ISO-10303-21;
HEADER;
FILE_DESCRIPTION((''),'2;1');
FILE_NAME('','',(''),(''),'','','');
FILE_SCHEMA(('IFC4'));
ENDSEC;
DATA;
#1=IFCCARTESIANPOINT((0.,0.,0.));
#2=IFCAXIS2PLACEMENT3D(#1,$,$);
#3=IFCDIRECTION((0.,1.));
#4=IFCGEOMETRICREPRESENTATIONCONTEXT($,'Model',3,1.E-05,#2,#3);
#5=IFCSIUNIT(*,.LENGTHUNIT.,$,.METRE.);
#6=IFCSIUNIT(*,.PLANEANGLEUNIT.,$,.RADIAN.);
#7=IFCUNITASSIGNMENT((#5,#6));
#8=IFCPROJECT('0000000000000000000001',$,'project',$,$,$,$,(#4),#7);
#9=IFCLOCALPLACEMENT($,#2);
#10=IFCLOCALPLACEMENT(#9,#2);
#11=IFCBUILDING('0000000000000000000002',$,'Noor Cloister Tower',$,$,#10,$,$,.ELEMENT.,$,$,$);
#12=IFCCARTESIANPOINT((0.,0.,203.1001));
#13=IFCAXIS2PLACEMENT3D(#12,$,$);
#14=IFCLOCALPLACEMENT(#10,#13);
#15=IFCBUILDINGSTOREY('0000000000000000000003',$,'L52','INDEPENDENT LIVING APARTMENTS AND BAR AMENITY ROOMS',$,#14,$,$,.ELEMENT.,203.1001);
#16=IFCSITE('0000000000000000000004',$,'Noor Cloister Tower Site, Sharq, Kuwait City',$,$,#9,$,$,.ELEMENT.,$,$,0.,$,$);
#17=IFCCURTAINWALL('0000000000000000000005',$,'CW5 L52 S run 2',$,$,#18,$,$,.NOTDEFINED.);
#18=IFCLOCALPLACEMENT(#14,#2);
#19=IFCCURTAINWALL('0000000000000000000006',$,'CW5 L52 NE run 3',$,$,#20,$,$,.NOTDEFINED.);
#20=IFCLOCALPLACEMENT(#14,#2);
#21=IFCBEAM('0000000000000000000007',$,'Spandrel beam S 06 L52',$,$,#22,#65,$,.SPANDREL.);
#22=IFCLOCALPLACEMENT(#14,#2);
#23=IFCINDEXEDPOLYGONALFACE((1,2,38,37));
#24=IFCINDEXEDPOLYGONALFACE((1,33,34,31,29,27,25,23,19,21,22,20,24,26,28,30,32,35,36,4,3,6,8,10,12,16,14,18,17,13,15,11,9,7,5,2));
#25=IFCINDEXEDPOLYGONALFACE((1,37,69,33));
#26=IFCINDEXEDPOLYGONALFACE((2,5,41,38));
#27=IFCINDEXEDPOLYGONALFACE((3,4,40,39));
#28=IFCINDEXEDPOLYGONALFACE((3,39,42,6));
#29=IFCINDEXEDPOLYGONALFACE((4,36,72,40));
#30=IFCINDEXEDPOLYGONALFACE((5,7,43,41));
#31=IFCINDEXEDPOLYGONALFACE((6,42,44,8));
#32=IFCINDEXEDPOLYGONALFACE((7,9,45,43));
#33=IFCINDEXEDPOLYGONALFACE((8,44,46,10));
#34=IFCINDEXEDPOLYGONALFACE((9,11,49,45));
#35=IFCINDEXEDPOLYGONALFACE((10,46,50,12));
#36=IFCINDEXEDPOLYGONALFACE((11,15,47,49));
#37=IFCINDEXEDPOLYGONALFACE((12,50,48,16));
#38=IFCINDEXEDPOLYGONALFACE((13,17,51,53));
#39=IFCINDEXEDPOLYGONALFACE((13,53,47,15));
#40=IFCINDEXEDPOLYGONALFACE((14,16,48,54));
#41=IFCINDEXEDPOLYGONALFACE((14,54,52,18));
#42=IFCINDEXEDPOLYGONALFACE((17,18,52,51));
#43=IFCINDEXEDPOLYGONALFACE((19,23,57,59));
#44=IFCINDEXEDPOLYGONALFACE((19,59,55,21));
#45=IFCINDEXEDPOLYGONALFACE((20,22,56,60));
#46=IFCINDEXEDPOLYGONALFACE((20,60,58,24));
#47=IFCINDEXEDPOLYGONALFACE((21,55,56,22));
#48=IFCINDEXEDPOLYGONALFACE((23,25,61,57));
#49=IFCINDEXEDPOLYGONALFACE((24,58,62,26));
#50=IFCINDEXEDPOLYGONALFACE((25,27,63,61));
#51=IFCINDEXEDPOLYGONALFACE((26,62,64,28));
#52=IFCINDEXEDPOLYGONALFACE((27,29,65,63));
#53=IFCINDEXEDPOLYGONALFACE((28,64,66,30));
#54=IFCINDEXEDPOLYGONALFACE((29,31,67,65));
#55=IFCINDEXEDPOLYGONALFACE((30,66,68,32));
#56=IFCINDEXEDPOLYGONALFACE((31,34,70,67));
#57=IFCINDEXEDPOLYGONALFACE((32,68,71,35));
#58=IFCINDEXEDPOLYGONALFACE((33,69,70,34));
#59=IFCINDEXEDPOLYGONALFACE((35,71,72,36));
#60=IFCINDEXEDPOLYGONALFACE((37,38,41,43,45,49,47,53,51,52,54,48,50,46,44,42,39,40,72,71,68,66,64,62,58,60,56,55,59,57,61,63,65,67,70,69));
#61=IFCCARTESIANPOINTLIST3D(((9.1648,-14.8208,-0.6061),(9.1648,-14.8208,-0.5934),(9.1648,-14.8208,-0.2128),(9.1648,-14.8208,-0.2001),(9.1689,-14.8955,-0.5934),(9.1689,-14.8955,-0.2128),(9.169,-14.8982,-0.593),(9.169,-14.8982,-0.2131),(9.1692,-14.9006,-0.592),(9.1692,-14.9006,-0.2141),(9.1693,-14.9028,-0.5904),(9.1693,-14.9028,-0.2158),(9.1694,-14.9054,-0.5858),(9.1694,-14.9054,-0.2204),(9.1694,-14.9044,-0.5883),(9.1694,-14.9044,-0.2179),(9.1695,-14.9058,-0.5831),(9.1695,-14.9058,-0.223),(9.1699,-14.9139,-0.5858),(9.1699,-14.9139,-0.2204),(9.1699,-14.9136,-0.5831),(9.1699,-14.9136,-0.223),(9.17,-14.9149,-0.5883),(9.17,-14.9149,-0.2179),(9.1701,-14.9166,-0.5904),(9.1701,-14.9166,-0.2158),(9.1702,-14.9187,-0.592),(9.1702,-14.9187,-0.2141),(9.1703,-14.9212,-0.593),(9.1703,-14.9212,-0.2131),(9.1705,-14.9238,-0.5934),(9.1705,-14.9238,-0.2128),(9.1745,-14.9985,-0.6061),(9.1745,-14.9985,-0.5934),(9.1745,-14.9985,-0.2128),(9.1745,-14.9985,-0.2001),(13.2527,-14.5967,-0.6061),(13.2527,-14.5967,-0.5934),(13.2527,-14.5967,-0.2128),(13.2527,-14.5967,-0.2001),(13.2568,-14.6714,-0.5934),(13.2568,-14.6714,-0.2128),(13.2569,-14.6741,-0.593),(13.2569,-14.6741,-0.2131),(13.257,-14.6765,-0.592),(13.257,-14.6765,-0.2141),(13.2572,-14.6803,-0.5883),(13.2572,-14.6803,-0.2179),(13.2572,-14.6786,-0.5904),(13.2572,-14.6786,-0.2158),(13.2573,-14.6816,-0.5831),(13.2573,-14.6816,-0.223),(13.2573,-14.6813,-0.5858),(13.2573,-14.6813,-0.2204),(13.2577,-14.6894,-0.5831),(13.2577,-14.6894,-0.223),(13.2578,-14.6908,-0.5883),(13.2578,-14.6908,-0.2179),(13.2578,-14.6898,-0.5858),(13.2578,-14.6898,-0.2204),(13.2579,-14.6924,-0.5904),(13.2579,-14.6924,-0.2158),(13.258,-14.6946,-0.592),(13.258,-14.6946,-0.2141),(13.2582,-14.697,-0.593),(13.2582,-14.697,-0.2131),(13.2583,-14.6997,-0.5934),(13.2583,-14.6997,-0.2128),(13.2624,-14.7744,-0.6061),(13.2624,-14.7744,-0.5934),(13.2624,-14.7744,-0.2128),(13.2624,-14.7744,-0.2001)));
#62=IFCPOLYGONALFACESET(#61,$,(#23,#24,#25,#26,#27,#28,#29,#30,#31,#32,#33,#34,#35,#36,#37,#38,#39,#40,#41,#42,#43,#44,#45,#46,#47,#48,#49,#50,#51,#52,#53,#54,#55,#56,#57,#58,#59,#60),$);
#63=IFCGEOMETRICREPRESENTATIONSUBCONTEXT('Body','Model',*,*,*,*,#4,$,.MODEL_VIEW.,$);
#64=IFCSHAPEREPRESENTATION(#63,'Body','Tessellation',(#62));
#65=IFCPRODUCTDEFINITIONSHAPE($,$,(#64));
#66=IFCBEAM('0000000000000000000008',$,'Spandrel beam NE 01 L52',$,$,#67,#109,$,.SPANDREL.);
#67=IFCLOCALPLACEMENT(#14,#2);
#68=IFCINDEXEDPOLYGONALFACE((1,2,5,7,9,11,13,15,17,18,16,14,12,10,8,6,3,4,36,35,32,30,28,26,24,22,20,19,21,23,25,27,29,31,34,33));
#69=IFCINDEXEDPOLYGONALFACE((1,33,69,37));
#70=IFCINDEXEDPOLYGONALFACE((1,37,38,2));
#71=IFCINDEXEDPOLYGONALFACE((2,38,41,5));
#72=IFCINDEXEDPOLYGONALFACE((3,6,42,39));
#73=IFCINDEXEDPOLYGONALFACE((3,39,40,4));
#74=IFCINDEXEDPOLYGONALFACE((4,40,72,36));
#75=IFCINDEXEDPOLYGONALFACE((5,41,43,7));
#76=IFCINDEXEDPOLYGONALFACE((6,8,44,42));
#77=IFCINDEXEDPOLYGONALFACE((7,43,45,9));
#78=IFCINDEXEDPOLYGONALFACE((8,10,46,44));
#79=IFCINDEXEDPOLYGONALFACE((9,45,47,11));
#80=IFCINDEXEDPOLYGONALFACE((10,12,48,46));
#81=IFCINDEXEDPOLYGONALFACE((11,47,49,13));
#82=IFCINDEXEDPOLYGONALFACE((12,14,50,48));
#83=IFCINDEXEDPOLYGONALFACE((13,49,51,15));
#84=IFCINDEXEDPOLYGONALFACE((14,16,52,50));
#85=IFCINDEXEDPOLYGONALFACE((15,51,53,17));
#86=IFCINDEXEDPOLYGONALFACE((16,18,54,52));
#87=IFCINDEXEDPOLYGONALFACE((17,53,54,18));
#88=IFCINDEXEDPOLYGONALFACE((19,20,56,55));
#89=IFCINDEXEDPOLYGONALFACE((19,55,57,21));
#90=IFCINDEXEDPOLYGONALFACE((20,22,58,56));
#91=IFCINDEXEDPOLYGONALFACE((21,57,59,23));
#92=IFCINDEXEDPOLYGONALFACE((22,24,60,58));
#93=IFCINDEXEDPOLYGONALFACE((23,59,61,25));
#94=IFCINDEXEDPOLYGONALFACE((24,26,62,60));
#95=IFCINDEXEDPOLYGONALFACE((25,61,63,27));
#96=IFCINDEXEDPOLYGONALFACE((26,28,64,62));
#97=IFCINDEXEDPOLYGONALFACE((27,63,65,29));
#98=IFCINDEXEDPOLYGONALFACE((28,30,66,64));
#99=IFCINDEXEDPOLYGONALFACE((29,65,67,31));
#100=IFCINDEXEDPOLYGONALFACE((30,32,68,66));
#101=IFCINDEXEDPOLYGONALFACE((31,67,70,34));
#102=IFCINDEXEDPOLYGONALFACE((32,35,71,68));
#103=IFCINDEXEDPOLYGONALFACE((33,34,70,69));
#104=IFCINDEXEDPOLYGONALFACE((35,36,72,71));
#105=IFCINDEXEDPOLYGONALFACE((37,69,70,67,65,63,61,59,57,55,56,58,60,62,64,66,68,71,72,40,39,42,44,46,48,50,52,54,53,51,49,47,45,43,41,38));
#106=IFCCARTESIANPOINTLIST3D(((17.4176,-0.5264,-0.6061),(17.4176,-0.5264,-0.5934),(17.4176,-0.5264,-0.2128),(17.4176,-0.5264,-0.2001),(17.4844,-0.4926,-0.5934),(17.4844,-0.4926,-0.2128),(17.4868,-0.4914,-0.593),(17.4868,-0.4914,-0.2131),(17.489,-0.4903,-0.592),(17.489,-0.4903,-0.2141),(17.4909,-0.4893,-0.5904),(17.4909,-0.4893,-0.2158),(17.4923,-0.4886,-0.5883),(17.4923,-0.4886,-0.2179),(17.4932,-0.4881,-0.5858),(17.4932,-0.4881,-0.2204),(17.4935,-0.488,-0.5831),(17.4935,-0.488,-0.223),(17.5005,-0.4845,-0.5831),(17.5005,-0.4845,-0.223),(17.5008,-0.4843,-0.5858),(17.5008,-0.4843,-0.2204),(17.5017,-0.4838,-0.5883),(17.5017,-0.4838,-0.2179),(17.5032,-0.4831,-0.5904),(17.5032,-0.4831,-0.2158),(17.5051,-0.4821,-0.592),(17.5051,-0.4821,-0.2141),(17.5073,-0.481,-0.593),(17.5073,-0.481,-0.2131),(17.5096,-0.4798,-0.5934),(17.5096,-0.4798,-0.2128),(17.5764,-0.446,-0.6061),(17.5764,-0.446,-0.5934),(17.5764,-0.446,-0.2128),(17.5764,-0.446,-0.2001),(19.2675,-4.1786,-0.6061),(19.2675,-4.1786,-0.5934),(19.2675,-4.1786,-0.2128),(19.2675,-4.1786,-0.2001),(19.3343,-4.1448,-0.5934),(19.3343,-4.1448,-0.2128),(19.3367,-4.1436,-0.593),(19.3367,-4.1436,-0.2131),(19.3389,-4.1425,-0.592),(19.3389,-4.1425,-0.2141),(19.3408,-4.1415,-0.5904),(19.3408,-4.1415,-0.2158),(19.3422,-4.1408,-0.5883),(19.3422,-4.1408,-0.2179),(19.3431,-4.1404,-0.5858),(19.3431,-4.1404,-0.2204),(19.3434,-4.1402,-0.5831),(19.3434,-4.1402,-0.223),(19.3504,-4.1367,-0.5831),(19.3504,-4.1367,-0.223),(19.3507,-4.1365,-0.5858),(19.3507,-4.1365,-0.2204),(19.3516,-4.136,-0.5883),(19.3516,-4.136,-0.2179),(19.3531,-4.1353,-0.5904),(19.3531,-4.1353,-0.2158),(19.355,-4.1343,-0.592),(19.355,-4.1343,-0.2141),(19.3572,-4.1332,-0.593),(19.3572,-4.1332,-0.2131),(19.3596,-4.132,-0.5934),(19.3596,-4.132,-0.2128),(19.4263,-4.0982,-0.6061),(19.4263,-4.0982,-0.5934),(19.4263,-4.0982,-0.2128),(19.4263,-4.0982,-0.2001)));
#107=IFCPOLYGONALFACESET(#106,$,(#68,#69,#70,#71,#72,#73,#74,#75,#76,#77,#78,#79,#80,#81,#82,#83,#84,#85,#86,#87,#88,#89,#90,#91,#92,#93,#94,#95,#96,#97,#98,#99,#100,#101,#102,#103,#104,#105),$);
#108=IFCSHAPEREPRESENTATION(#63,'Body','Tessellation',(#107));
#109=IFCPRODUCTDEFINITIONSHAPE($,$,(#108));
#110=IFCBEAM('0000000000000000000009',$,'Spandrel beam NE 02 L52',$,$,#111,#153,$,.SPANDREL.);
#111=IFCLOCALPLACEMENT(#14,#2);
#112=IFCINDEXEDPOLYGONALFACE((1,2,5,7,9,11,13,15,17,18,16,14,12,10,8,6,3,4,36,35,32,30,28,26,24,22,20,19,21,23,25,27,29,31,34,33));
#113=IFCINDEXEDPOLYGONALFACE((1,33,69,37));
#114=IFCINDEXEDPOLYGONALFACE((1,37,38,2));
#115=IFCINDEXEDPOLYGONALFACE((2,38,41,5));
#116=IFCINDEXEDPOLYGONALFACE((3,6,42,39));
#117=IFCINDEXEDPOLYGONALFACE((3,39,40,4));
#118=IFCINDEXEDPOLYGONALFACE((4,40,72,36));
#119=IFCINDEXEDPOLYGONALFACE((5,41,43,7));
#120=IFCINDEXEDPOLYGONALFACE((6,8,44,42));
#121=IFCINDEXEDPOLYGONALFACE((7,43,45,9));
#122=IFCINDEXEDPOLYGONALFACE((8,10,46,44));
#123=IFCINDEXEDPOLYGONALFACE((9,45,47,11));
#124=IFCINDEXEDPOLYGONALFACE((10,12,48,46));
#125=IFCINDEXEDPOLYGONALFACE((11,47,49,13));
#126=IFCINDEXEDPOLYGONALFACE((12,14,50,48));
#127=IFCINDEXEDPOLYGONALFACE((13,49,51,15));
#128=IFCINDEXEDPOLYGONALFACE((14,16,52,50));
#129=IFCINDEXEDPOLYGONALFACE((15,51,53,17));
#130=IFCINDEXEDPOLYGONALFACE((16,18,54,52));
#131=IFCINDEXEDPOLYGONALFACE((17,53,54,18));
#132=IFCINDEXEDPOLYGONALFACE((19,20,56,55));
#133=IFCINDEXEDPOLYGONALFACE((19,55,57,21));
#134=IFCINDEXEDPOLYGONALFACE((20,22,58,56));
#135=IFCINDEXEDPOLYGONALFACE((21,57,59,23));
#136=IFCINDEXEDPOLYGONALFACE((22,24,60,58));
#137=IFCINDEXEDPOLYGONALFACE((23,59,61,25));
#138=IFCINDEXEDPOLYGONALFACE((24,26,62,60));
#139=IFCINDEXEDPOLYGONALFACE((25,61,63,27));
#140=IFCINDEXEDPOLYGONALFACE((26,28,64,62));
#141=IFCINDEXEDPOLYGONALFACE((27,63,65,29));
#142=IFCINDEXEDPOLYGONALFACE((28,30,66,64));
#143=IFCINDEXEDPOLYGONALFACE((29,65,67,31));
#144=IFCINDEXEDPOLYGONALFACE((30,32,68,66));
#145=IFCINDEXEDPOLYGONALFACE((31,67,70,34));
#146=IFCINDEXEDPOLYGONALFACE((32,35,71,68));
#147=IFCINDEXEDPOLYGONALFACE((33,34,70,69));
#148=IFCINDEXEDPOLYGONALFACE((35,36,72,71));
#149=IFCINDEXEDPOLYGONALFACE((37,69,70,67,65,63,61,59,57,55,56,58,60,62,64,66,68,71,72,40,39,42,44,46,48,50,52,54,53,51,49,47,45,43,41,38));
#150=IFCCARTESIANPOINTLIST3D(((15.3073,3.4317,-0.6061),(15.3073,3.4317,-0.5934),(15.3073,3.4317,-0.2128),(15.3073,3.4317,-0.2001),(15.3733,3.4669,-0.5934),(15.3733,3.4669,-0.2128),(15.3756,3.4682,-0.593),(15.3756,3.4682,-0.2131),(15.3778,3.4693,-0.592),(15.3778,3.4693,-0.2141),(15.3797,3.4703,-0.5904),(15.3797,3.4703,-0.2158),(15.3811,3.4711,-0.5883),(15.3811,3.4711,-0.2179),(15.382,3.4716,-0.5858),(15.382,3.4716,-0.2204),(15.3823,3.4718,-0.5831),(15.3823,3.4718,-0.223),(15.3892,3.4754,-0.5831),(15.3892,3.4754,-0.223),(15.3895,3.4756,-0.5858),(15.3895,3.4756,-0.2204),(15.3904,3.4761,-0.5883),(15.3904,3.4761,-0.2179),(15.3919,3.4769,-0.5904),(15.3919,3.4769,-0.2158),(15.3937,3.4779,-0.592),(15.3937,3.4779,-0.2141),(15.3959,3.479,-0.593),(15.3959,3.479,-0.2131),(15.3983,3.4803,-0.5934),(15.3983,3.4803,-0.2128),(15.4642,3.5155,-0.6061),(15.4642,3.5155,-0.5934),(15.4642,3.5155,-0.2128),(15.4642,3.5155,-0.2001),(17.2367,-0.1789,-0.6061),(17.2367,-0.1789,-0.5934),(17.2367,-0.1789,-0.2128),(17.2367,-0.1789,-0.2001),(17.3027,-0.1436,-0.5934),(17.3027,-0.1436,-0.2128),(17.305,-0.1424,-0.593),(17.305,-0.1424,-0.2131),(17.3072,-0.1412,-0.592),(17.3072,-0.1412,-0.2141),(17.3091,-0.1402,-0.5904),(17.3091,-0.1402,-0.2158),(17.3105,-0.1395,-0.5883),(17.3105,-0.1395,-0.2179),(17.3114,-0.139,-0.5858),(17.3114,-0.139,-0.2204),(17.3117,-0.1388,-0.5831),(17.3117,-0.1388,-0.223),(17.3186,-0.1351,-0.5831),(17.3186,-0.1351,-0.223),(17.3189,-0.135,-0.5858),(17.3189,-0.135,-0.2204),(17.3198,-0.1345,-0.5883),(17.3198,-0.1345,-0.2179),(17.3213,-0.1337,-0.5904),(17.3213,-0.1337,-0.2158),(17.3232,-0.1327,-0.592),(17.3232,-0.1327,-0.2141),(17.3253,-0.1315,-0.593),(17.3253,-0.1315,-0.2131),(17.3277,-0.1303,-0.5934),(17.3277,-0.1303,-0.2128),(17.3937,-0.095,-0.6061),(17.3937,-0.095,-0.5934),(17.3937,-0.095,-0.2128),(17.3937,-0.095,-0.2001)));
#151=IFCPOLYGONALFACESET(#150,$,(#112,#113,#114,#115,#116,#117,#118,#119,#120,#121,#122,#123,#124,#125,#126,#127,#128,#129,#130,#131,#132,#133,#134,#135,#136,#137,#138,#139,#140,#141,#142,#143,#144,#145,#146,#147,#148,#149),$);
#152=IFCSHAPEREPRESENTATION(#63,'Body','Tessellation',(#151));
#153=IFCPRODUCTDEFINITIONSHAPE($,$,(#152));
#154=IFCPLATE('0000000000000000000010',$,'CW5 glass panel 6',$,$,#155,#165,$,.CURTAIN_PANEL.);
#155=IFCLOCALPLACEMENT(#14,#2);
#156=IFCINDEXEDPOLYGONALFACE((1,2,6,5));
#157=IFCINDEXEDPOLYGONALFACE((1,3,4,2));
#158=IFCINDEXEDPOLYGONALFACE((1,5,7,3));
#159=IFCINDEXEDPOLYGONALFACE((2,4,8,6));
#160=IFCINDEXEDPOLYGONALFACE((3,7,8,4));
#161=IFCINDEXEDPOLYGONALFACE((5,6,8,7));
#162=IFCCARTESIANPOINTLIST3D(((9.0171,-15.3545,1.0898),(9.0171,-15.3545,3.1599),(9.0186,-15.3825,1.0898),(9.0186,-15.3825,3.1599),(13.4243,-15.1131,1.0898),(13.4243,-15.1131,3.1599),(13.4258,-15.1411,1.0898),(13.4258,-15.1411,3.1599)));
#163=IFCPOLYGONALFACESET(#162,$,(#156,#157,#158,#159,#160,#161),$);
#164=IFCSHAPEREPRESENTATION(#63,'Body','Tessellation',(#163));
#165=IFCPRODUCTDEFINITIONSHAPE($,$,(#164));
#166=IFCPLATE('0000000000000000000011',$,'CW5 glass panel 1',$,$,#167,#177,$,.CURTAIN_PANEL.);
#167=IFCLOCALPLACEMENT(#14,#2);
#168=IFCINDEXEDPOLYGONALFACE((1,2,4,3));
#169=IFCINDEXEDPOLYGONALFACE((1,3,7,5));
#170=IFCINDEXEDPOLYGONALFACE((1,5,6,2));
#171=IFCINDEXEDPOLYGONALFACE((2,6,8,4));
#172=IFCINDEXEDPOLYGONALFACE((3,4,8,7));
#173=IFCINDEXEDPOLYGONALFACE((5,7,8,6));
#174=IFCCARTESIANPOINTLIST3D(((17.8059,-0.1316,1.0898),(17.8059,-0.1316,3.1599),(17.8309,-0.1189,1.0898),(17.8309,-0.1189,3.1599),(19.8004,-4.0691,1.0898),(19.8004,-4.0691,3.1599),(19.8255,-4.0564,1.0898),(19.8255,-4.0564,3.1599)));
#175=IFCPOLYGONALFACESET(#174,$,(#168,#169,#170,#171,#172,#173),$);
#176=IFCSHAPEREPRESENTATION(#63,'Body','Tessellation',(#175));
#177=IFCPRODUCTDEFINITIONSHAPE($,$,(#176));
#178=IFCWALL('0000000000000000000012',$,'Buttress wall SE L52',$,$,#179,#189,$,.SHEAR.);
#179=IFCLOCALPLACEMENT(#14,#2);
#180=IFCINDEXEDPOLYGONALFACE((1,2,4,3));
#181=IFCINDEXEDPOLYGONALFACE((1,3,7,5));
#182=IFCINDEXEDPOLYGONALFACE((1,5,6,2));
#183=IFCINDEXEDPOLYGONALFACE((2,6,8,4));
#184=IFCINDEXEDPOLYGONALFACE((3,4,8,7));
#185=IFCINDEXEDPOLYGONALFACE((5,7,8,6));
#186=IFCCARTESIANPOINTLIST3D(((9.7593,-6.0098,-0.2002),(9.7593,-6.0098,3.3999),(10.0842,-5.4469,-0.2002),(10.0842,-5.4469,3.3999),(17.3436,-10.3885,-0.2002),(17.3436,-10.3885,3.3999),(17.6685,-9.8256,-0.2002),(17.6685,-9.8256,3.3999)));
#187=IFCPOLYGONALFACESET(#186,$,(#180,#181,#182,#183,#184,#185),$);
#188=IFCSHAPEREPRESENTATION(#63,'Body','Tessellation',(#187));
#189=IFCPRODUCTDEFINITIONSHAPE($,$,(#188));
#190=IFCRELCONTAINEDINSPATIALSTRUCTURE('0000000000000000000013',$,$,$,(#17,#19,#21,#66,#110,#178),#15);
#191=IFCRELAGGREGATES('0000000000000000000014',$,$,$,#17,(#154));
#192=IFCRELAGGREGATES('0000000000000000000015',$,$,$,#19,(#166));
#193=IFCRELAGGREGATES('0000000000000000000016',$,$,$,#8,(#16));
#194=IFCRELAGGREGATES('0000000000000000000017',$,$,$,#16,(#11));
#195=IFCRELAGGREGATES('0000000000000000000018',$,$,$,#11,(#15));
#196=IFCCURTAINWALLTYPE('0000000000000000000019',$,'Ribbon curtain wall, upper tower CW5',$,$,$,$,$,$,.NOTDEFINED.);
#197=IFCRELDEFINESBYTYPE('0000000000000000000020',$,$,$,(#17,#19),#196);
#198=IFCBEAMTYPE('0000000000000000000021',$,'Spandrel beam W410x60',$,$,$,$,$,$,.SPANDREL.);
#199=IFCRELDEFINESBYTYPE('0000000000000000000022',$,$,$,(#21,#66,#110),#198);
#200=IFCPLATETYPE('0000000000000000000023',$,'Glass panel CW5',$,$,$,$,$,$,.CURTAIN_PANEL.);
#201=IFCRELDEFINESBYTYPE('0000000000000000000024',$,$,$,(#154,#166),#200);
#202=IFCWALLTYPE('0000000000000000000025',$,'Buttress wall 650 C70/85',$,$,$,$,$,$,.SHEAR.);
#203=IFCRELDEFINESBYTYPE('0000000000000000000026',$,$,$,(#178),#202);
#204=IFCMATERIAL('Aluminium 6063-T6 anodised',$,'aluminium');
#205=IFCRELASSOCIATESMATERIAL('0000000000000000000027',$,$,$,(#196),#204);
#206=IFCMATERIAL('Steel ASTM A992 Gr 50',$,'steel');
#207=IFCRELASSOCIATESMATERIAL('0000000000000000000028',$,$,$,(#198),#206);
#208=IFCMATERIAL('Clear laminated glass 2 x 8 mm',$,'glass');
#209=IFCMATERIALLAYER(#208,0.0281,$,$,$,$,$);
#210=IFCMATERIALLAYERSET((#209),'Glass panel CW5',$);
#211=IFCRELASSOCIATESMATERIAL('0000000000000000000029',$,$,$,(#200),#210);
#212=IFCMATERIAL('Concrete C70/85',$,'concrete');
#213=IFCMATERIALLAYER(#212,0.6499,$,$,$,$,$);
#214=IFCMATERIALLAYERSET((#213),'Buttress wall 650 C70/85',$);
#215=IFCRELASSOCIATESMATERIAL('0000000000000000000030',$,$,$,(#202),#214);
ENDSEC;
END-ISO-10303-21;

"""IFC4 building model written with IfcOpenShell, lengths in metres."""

from ifc_helpers import new_model, si_unit, direction, frame, frame_2d, origin, origin_2d, place, context, subcontext, project, spatial, rectangle, i_section, extrude, material, layer, layer_set, material_profile, profile_set, type_object, element, aggregate, save


model = new_model("IFC4")

# Units and contexts
model_context = context("Model", 3, precision=1e-05, world=origin(), true_north=direction((0.0, 1.0)))
body_context = subcontext(model_context, "Body", "Model", "MODEL_VIEW")
ifc_project = project(units=[si_unit("LENGTHUNIT", "METRE"), si_unit("PLANEANGLEUNIT", "RADIAN")], contexts=[model_context])

# Site, building, storey
site_placement = place(None, origin())
site = spatial("IfcSite", under=ifc_project, at=site_placement, Name="Noor Cloister Tower Site, Sharq, Kuwait City", CompositionType="ELEMENT", RefElevation=0.0)
building_placement = place(site_placement, origin())
building = spatial("IfcBuilding", under=site, at=building_placement, Name="Noor Cloister Tower", CompositionType="ELEMENT")
storey_placement = place(building_placement, frame((0.0, 0.0, 203.1001)))
storey = spatial("IfcBuildingStorey", under=building, at=storey_placement, Name="L52", Description="INDEPENDENT LIVING APARTMENTS AND BAR AMENITY ROOMS", CompositionType="ELEMENT", Elevation=203.1001)

# Curtain walls
ifc_material_1 = material(Name="Aluminium 6063-T6 anodised", Category="aluminium")
curtain_wall_type = type_object("IfcCurtainWallType", Name="Ribbon curtain wall, upper tower CW5", PredefinedType="NOTDEFINED", material=ifc_material_1)
curtain_wall_1_placement = place(storey_placement, origin())
curtain_wall_1 = element("IfcCurtainWall", 1, at=curtain_wall_1_placement, inside=storey, type_object=curtain_wall_type, Name="CW5 L52 S run 2", PredefinedType="NOTDEFINED")
curtain_wall_2_placement = place(storey_placement, origin())
curtain_wall_2 = element("IfcCurtainWall", 2, at=curtain_wall_2_placement, inside=storey, type_object=curtain_wall_type, Name="CW5 L52 NE run 3", PredefinedType="NOTDEFINED")

# Beams
ifc_material_2 = material(Name="Steel ASTM A992 Gr 50", Category="steel")
ifc_material_profile_1 = material_profile(ifc_material_2, i_section(OverallWidth=0.178, OverallDepth=0.406, WebThickness=0.0078, FlangeThickness=0.0127, FilletRadius=0.0103, at=origin_2d()), Name="W410x60")
ifc_profile_set_1 = profile_set([ifc_material_profile_1], Name="Steel ASTM A992 Gr 50")
beam_type_1 = type_object("IfcBeamType", Name="Spandrel beam W410x60", PredefinedType="SPANDREL", material=ifc_profile_set_1)
for number, where, z_axis, x_axis, name in (
    (3, (9.1697, -14.9097, -0.4031), (0.9985, 0.054743, 0.0), (-0.054743, 0.9985, 0.0), "Spandrel beam S 06 L52"),
    (4, (19.3469, -4.1384, -0.4031), (-0.451859, 0.892089, 0.0), (-0.892089, -0.451859, 0.0), "Spandrel beam NE 01 L52"),
):
    element("IfcBeam", number, at=place(storey_placement, frame(where, z_axis=z_axis, x_axis=x_axis)), inside=storey, type_object=beam_type_1, Name=name, PredefinedType="SPANDREL", context=body_context, shape_type="SweptSolid", body=[
        extrude(i_section(OverallWidth=0.178, OverallDepth=0.406, WebThickness=0.0078, FlangeThickness=0.0127, FilletRadius=0.0103, at=origin_2d()), origin(), (0.0, 0.0, 1.0), 4.094),
    ])
beam_1_placement = place(storey_placement, frame((17.3152, -0.137, -0.4031), z_axis=(-0.471309, 0.881968, 0.0), x_axis=(-0.881968, -0.471309, 0.0)))
element("IfcBeam", 5, at=beam_1_placement, inside=storey, type_object=beam_type_1, Name="Spandrel beam NE 02 L52", PredefinedType="SPANDREL", context=body_context, shape_type="SweptSolid", body=[
    extrude(i_section(OverallWidth=0.178, OverallDepth=0.406, WebThickness=0.0078, FlangeThickness=0.0127, FilletRadius=0.0103, at=origin_2d()), origin(), (0.0, 0.0, 1.0), 4.0938),
])

# Plates
ifc_material_3 = material(Name="Clear laminated glass 2 x 8 mm", Category="glass")
ifc_layer_1 = layer(ifc_material_3, 0.0281)
ifc_layer_set_1 = layer_set([ifc_layer_1], Name="Glass panel CW5")
plate_type = type_object("IfcPlateType", Name="Glass panel CW5", PredefinedType="CURTAIN_PANEL", material=ifc_layer_set_1)
plate_1_placement = place(storey_placement, frame((11.2214, -15.2478, 1.0898), z_axis=(0.0, 0.0, 1.0), x_axis=(0.998503, 0.054701, 0.0)))
plate_1 = element("IfcPlate", 6, at=plate_1_placement, type_object=plate_type, Name="CW5 glass panel 6", PredefinedType="CURTAIN_PANEL", context=body_context, shape_type="SweptSolid", body=[
    extrude(rectangle(XDim=4.4138, YDim=0.0281, at=origin_2d()), origin(), (0.0, 0.0, 1.0), 2.0701),
])
aggregate(curtain_wall_1, [plate_1])
plate_2_placement = place(storey_placement, frame((18.8157, -2.094, 1.0898), z_axis=(0.0, 0.0, 1.0), x_axis=(-0.451879, 0.892079, 0.0)))
plate_2 = element("IfcPlate", 7, at=plate_2_placement, type_object=plate_type, Name="CW5 glass panel 1", PredefinedType="CURTAIN_PANEL", context=body_context, shape_type="SweptSolid", body=[
    extrude(rectangle(XDim=4.4138, YDim=0.0281, at=origin_2d()), origin(), (0.0, 0.0, 1.0), 2.0701),
])
aggregate(curtain_wall_2, [plate_2])

# Wall
ifc_material_4 = material(Name="Concrete C70/85", Category="concrete")
ifc_layer_2 = layer(ifc_material_4, 0.6499)
ifc_layer_set_2 = layer_set([ifc_layer_2], Name="Buttress wall 650 C70/85")
wall_type_1 = type_object("IfcWallType", Name="Buttress wall 650 C70/85", PredefinedType="SHEAR", material=ifc_layer_set_2)
wall_1_placement = place(storey_placement, frame((9.9216, -5.7283, -0.2002), z_axis=(0.0, 0.0, 1.0), x_axis=(0.86603, -0.499992, 0.0)))
element("IfcWall", 8, at=wall_1_placement, inside=storey, type_object=wall_type_1, Name="Buttress wall SE L52", PredefinedType="SHEAR", context=body_context, shape_type="SweptSolid", body=[
    extrude(rectangle(XDim=8.7576, YDim=0.6499, at=frame_2d((4.3789, 0.0))), origin(), (0.0, 0.0, 1.0), 3.6001),
])

save(model, "model.ifc")
